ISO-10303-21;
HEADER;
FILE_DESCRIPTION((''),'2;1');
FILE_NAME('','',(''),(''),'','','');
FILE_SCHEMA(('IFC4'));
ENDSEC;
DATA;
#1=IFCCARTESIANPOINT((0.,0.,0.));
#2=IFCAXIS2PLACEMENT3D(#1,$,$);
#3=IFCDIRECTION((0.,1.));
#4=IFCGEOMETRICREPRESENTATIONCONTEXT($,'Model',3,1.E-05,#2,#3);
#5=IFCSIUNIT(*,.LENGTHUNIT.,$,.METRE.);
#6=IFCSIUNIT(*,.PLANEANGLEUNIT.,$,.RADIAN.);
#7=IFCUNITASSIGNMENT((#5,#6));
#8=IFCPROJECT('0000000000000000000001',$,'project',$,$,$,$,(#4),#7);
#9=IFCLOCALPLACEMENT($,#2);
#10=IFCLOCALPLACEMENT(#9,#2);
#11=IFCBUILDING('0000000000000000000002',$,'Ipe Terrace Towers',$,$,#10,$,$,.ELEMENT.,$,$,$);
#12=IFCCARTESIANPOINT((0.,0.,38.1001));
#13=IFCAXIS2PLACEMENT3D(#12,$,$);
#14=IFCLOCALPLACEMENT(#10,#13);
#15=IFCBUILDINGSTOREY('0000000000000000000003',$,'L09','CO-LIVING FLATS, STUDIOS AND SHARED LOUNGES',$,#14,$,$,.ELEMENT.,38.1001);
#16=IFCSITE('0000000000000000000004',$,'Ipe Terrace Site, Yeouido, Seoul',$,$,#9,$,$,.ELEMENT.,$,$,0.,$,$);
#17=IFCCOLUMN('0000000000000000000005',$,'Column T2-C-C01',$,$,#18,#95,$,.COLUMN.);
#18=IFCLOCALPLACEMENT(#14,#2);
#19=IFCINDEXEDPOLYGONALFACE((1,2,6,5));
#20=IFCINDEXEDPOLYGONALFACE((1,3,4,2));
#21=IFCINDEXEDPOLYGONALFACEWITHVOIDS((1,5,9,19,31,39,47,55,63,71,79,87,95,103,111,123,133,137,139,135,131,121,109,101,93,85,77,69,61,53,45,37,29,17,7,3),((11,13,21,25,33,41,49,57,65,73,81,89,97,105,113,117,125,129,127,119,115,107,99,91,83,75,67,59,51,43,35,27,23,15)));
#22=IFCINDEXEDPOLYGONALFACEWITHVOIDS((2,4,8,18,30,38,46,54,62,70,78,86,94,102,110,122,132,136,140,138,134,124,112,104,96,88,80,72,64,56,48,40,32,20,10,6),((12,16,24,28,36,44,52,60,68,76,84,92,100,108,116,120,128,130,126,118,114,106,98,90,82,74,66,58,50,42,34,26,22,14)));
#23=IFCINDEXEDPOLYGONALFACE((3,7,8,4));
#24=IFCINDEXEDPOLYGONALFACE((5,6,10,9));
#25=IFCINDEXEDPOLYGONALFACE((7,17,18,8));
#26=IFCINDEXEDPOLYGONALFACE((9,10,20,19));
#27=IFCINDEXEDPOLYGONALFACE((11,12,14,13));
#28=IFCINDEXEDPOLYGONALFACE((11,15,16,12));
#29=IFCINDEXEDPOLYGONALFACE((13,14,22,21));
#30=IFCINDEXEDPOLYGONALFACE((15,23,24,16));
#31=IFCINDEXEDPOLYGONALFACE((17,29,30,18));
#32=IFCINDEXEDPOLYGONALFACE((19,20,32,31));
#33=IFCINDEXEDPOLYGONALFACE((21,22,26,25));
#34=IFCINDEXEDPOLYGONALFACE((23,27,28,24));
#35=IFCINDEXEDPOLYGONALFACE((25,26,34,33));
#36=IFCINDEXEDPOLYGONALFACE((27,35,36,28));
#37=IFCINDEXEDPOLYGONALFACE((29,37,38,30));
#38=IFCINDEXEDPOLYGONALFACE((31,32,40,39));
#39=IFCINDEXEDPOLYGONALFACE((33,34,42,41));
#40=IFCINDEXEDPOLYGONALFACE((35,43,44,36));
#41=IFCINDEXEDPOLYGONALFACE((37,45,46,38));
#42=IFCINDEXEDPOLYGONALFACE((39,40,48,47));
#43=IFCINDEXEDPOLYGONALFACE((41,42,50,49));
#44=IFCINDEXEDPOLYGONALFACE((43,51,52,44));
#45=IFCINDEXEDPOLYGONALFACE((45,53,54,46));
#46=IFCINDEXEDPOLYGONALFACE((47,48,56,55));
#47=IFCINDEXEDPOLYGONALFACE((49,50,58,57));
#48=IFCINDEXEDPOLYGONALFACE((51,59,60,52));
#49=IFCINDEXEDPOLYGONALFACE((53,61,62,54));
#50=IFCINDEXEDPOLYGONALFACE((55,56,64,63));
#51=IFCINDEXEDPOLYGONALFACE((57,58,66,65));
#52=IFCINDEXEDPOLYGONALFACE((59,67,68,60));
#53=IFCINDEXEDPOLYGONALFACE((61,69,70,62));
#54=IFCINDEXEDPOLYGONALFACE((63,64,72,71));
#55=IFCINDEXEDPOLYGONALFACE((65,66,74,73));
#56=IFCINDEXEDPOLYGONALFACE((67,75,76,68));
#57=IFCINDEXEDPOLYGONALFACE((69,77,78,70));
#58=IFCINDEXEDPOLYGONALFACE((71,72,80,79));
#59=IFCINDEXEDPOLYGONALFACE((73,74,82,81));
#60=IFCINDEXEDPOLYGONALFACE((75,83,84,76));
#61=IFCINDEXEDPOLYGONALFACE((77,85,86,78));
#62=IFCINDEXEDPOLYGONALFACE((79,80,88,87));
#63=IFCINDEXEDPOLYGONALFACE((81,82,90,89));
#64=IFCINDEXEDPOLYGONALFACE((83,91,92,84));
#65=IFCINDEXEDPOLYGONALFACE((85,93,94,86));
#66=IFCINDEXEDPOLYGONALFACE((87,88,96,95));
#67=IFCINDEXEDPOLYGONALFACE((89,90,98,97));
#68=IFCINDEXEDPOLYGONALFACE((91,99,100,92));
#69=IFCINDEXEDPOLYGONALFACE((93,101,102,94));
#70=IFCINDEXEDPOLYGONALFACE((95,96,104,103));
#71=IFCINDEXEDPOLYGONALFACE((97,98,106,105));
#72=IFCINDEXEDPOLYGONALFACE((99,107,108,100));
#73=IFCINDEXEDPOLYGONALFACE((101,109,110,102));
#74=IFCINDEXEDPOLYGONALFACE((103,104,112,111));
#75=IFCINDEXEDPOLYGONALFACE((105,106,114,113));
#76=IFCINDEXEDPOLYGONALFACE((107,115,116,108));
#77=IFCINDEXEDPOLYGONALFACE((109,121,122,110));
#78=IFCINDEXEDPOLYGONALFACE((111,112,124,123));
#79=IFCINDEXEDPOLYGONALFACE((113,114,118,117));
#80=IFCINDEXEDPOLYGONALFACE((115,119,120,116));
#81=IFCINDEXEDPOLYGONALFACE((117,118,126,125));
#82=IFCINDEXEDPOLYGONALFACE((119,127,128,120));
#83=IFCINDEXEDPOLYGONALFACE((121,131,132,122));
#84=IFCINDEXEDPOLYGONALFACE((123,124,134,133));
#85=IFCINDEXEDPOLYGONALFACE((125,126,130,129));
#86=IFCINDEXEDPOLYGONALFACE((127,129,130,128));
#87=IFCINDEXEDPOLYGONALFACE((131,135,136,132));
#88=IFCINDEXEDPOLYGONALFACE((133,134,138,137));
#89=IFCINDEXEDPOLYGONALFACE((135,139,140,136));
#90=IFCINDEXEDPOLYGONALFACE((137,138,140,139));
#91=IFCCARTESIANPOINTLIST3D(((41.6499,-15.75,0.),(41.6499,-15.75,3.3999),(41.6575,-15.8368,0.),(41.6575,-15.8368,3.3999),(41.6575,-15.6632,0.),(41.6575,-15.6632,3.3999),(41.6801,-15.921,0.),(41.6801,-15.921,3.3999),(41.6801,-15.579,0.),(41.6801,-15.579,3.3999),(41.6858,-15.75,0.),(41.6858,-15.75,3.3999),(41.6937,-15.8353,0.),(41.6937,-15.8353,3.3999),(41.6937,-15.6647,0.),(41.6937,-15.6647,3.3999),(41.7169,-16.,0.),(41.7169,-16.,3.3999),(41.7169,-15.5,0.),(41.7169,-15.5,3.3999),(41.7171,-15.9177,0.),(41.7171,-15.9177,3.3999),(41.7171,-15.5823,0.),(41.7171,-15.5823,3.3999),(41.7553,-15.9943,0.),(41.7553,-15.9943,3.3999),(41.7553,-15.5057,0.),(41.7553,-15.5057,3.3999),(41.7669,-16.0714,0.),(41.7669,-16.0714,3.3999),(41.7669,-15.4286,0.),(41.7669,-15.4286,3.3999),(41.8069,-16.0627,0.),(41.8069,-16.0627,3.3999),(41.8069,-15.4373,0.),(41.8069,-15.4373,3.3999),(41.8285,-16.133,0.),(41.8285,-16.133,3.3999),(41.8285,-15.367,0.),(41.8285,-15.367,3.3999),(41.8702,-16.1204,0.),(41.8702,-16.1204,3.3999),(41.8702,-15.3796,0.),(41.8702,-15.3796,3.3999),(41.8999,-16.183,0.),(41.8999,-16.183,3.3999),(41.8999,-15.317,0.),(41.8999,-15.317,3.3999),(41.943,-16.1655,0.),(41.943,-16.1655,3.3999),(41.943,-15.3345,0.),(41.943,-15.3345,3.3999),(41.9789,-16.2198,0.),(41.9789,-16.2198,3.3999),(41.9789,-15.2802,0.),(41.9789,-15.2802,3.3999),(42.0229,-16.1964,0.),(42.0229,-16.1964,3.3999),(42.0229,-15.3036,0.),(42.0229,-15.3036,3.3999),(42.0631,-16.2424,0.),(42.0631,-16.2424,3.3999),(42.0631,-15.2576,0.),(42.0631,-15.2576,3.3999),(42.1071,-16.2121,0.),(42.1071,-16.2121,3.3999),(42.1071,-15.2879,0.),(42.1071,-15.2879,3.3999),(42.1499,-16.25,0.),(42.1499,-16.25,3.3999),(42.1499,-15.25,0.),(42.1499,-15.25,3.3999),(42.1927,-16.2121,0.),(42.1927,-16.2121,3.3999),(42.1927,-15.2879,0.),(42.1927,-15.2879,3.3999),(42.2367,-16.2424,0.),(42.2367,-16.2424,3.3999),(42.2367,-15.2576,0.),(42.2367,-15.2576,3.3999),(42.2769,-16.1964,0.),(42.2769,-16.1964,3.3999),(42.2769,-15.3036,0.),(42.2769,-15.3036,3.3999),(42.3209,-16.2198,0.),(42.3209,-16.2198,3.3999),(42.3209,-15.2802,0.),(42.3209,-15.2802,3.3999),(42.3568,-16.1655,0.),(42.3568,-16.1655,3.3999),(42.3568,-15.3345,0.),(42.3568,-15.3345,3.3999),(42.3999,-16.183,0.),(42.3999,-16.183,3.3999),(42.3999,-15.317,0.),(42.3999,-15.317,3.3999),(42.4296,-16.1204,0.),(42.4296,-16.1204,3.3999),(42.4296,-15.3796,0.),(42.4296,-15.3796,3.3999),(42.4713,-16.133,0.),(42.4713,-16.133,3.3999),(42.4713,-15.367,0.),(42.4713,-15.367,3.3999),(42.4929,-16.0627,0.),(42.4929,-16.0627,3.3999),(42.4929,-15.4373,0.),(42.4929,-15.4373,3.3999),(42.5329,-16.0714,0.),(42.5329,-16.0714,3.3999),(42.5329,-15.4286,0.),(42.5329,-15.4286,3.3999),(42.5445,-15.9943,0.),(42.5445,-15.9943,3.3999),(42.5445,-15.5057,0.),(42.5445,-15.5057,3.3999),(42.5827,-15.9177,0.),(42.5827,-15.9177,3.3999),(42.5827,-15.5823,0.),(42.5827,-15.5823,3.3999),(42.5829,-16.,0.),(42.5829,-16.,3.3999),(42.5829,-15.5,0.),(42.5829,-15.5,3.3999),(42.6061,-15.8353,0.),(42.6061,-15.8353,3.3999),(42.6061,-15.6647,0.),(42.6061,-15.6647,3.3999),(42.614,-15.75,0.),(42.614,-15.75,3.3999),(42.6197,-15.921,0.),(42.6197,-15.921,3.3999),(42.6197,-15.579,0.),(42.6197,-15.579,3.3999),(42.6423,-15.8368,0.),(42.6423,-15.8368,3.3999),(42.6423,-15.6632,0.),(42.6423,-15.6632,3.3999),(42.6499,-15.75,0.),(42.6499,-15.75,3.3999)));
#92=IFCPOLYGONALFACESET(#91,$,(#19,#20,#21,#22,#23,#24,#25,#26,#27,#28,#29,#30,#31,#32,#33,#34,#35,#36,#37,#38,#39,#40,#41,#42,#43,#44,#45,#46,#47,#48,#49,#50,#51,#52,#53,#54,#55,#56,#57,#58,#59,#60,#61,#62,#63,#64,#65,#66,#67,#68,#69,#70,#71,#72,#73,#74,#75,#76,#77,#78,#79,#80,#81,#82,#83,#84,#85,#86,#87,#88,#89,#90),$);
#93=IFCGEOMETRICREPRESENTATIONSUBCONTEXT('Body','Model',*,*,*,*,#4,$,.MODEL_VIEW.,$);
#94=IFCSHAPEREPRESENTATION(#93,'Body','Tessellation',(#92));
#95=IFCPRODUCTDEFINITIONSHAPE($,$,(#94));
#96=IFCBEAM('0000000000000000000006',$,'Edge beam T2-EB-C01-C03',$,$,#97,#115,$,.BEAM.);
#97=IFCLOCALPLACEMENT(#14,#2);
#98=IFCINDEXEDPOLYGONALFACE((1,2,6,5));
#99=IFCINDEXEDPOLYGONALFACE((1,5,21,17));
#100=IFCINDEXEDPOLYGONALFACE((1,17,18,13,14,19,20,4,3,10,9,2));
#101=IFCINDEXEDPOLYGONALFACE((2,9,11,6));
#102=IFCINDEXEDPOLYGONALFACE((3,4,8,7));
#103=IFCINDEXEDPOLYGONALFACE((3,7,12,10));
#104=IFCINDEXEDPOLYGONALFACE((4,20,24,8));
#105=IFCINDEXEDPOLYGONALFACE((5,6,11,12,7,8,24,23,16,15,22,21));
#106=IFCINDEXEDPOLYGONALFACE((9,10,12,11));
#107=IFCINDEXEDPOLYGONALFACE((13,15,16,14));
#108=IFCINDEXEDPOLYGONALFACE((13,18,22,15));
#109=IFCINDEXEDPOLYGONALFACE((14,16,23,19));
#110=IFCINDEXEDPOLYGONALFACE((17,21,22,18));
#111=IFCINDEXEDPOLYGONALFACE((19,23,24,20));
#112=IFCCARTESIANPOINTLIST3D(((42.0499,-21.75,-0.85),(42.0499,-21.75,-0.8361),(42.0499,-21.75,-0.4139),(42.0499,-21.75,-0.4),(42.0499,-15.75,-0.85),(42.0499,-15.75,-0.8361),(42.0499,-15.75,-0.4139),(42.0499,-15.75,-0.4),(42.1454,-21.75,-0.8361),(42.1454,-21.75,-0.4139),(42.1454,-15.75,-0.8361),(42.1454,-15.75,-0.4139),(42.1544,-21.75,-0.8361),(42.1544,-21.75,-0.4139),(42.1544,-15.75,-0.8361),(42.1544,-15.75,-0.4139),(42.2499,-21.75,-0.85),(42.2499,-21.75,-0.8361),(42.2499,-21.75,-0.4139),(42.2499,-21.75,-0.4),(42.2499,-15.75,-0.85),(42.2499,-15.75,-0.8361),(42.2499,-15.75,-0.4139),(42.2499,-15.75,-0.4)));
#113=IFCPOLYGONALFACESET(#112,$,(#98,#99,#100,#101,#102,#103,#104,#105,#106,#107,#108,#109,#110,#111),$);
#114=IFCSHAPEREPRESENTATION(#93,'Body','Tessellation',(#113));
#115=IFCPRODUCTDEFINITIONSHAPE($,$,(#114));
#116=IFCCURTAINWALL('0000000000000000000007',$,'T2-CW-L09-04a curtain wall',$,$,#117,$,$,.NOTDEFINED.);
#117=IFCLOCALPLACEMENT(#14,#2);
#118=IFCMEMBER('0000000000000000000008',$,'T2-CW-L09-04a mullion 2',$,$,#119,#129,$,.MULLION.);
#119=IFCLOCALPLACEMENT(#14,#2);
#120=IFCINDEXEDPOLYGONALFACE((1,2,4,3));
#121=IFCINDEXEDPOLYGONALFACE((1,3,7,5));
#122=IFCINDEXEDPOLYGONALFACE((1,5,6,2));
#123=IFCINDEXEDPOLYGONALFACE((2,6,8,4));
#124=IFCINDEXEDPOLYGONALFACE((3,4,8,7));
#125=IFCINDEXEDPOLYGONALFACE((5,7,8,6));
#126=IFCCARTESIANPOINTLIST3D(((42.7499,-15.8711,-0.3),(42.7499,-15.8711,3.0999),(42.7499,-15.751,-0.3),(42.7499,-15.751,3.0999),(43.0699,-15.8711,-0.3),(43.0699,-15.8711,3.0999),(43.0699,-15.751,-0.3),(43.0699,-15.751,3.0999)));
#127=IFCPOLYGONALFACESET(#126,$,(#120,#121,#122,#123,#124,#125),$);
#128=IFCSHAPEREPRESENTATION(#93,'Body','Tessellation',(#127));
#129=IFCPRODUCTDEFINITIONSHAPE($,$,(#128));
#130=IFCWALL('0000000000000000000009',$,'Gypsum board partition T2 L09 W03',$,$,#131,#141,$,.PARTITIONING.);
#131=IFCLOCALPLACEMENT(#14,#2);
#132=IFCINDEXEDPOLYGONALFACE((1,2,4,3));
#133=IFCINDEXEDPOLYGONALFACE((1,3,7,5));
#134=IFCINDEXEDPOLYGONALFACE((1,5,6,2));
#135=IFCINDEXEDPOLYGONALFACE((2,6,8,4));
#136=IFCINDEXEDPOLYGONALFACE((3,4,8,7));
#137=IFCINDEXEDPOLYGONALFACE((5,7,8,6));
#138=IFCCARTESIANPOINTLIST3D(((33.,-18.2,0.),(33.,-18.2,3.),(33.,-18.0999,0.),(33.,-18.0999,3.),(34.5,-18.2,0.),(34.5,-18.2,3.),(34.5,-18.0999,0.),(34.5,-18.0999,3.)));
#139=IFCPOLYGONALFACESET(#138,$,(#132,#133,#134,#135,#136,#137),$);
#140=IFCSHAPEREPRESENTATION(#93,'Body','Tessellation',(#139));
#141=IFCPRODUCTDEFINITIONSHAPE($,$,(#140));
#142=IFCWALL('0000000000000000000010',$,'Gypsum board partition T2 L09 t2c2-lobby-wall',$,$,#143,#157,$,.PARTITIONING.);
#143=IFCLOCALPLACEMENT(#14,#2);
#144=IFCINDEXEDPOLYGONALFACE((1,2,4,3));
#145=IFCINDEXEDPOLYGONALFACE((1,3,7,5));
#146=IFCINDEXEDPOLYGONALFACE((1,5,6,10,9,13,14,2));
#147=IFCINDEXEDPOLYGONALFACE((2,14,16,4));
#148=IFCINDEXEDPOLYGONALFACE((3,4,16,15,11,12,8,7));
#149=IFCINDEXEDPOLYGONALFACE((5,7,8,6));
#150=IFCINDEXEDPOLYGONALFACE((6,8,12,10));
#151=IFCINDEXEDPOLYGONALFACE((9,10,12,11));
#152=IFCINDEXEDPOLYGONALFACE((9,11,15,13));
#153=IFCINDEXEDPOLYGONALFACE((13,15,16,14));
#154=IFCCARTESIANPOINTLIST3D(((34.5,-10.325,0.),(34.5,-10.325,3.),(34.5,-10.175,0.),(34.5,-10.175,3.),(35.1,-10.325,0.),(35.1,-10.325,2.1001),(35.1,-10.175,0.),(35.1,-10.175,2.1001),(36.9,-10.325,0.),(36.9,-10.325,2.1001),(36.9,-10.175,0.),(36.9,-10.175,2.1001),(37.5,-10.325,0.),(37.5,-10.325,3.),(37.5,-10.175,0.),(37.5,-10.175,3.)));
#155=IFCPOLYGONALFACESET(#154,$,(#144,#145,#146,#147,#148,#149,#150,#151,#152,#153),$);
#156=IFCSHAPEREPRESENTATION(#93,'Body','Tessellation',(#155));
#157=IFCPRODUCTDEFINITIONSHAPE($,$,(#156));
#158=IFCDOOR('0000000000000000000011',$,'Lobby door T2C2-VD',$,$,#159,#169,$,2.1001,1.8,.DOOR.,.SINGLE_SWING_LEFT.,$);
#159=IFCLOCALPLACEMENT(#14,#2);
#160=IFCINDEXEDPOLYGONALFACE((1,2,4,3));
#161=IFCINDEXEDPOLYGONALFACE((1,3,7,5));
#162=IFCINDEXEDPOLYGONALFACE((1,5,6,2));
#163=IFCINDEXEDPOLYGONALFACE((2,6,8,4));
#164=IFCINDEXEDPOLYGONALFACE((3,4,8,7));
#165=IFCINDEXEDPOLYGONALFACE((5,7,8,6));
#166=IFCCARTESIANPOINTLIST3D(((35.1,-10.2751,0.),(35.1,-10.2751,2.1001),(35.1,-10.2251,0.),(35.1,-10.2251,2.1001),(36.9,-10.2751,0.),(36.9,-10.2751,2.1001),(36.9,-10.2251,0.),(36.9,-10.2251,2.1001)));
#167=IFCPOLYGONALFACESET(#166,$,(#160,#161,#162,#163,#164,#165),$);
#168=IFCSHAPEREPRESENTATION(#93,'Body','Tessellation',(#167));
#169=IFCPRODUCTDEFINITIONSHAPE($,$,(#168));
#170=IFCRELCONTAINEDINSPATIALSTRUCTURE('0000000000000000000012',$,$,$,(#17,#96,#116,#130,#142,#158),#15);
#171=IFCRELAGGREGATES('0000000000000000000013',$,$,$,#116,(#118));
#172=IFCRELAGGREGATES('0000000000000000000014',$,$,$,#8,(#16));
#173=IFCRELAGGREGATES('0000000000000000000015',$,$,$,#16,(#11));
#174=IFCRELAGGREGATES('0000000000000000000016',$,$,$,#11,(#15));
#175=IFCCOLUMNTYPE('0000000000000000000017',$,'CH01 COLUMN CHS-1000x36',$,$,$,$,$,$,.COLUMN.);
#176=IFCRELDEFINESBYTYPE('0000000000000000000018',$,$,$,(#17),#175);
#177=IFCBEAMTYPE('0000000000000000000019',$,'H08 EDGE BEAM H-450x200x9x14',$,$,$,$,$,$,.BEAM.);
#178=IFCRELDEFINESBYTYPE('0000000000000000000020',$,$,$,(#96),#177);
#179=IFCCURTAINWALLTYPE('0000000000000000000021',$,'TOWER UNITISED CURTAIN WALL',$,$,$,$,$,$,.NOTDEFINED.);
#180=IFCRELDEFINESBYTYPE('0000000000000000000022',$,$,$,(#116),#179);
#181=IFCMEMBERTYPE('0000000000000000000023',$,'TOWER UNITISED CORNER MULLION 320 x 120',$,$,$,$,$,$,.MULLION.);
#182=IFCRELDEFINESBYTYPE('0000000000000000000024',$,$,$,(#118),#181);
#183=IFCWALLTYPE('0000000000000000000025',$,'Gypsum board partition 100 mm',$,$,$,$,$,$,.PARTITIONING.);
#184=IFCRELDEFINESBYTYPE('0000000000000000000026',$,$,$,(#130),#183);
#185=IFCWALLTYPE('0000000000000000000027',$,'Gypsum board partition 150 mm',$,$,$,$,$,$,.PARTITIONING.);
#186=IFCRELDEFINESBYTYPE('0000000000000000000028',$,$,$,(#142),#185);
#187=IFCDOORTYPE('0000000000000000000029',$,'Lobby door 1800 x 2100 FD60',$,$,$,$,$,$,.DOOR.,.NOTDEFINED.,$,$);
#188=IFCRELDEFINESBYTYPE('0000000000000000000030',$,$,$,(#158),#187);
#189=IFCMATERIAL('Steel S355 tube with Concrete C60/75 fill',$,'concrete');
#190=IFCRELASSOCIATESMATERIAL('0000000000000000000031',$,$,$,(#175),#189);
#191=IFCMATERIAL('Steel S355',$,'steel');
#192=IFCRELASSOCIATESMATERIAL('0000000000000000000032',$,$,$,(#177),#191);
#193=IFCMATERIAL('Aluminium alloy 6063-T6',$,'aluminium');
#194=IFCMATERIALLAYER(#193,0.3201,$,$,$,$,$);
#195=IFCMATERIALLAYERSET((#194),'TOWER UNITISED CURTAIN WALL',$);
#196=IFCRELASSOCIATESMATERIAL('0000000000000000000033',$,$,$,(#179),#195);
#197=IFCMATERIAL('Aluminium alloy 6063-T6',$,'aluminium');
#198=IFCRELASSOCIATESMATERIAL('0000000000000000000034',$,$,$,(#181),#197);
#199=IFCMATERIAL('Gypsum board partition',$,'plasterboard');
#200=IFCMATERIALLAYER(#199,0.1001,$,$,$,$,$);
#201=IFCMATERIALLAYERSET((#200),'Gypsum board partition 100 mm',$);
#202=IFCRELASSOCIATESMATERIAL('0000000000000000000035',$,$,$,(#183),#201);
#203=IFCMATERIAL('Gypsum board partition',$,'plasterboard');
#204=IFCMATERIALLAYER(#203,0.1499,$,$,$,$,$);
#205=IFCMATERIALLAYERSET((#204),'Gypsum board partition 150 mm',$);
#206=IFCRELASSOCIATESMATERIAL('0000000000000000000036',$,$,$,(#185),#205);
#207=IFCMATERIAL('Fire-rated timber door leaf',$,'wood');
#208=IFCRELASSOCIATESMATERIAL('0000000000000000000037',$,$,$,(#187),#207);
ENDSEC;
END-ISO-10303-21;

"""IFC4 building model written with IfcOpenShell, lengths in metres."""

from ifc_helpers import new_model, si_unit, direction, frame, frame_2d, origin, origin_2d, place, context, subcontext, project, spatial, rectangle, hollow_circle, i_section, extrude, material, layer, layer_set, material_profile, profile_set, type_object, element, fill, aggregate, save


model = new_model("IFC4")

# Units and contexts
model_context = context("Model", 3, precision=1e-05, world=origin(), true_north=direction((0.0, 1.0)))
body_context = subcontext(model_context, "Body", "Model", "MODEL_VIEW")
ifc_project = project(units=[si_unit("LENGTHUNIT", "METRE"), si_unit("PLANEANGLEUNIT", "RADIAN")], contexts=[model_context])

# Site, building, storey
site_placement = place(None, origin())
site = spatial("IfcSite", under=ifc_project, at=site_placement, Name="Ipe Terrace Site, Yeouido, Seoul", CompositionType="ELEMENT", RefElevation=0.0)
building_placement = place(site_placement, origin())
building = spatial("IfcBuilding", under=site, at=building_placement, Name="Ipe Terrace Towers", CompositionType="ELEMENT")
storey_placement = place(building_placement, frame((0.0, 0.0, 38.1001)))
storey = spatial("IfcBuildingStorey", under=building, at=storey_placement, Name="L09", Description="CO-LIVING FLATS, STUDIOS AND SHARED LOUNGES", CompositionType="ELEMENT", Elevation=38.1001)

# Column
ifc_material_1 = material(Name="Steel S355 tube with Concrete C60/75 fill", Category="concrete")
ifc_material_profile_1 = material_profile(ifc_material_1, hollow_circle(Radius=0.5, WallThickness=0.0359, at=origin_2d()), Name="CHS-1000x36")
ifc_profile_set_1 = profile_set([ifc_material_profile_1], Name="Steel S355 tube with Concrete C60/75 fill")
column_type = type_object("IfcColumnType", Name="CH01 COLUMN CHS-1000x36", PredefinedType="COLUMN", material=ifc_profile_set_1)
column_placement = place(storey_placement, frame((42.1499, -15.75, 0.0), z_axis=(0.0, 0.0, 1.0), x_axis=(1.0, 0.0, 0.0)))
element("IfcColumn", 1, at=column_placement, inside=storey, type_object=column_type, Name="Column T2-C-C01", PredefinedType="COLUMN", context=body_context, shape_type="SweptSolid", body=[
    extrude(hollow_circle(Radius=0.5, WallThickness=0.0359, at=origin_2d()), origin(), (0.0, 0.0, 1.0), 3.3999),
])

# Beam
ifc_material_2 = material(Name="Steel S355", Category="steel")
ifc_material_profile_2 = material_profile(ifc_material_2, i_section(OverallWidth=0.2, OverallDepth=0.45, WebThickness=0.009, FlangeThickness=0.0139, at=origin_2d()), Name="H-450x200x9x14")
ifc_profile_set_2 = profile_set([ifc_material_profile_2], Name="Steel S355")
beam_type = type_object("IfcBeamType", Name="H08 EDGE BEAM H-450x200x9x14", PredefinedType="BEAM", material=ifc_profile_set_2)
beam_placement = place(storey_placement, frame((42.1499, -15.75, -0.625), z_axis=(0.0, -1.0, 0.0), x_axis=(1.0, 0.0, 0.0)))
element("IfcBeam", 2, at=beam_placement, inside=storey, type_object=beam_type, Name="Edge beam T2-EB-C01-C03", PredefinedType="BEAM", context=body_context, shape_type="SweptSolid", body=[
    extrude(i_section(OverallWidth=0.2, OverallDepth=0.45, WebThickness=0.009, FlangeThickness=0.0139, at=origin_2d()), origin(), (0.0, 0.0, 1.0), 6.0),
])

# Curtain wall, member
ifc_material_3 = material(Name="Aluminium alloy 6063-T6", Category="aluminium")
ifc_layer_1 = layer(ifc_material_3, 0.3201)
ifc_layer_set_1 = layer_set([ifc_layer_1], Name="TOWER UNITISED CURTAIN WALL")
curtain_wall_type = type_object("IfcCurtainWallType", Name="TOWER UNITISED CURTAIN WALL", PredefinedType="NOTDEFINED", material=ifc_layer_set_1)
curtain_wall_placement = place(storey_placement, origin())
curtain_wall = element("IfcCurtainWall", 3, at=curtain_wall_placement, inside=storey, type_object=curtain_wall_type, Name="T2-CW-L09-04a curtain wall", PredefinedType="NOTDEFINED")
ifc_material_4 = material(Name="Aluminium alloy 6063-T6", Category="aluminium")
ifc_material_profile_3 = material_profile(ifc_material_4, rectangle(XDim=0.3201, YDim=0.1201, at=origin_2d()), Name="TOWER UNITISED CORNER MULLION 320 x 120")
ifc_profile_set_3 = profile_set([ifc_material_profile_3], Name="Aluminium alloy 6063-T6")
member_type = type_object("IfcMemberType", Name="TOWER UNITISED CORNER MULLION 320 x 120", PredefinedType="MULLION", material=ifc_profile_set_3)
member_placement = place(storey_placement, frame((42.9099, -15.811, -0.3), z_axis=(0.0, 0.0, 1.0), x_axis=(1.0, 0.0, 0.0)))
member = element("IfcMember", 4, at=member_placement, type_object=member_type, Name="T2-CW-L09-04a mullion 2", PredefinedType="MULLION", context=body_context, shape_type="SweptSolid", body=[
    extrude(rectangle(XDim=0.3201, YDim=0.1201, at=origin_2d()), origin(), (0.0, 0.0, 1.0), 3.3999),
])
aggregate(curtain_wall, [member])

# Wall
ifc_material_5 = material(Name="Gypsum board partition", Category="plasterboard")
ifc_layer_2 = layer(ifc_material_5, 0.1001)
ifc_layer_set_2 = layer_set([ifc_layer_2], Name="Gypsum board partition 100 mm")
wall_type_1 = type_object("IfcWallType", Name="Gypsum board partition 100 mm", PredefinedType="PARTITIONING", material=ifc_layer_set_2)
wall_1_placement = place(storey_placement, frame((34.5, -18.1499, 0.0), z_axis=(0.0, 0.0, 1.0), x_axis=(-1.0, 0.0, 0.0)))
element("IfcWall", 5, at=wall_1_placement, inside=storey, type_object=wall_type_1, Name="Gypsum board partition T2 L09 W03", PredefinedType="PARTITIONING", context=body_context, shape_type="SweptSolid", body=[
    extrude(rectangle(XDim=1.5, YDim=0.1001, at=frame_2d((0.75, 0.0))), origin(), (0.0, 0.0, 1.0), 3.0),
])

# Wall, opening, door
ifc_material_6 = material(Name="Gypsum board partition", Category="plasterboard")
ifc_layer_3 = layer(ifc_material_6, 0.1499)
ifc_layer_set_3 = layer_set([ifc_layer_3], Name="Gypsum board partition 150 mm")
wall_type_2 = type_object("IfcWallType", Name="Gypsum board partition 150 mm", PredefinedType="PARTITIONING", material=ifc_layer_set_3)
wall_2_placement = place(storey_placement, frame((34.5, -10.25, 0.0), z_axis=(0.0, 0.0, 1.0), x_axis=(1.0, 0.0, 0.0)))
wall_2 = element("IfcWall", 6, at=wall_2_placement, inside=storey, type_object=wall_type_2, Name="Gypsum board partition T2 L09 t2c2-lobby-wall", PredefinedType="PARTITIONING", context=body_context, shape_type="SweptSolid", body=[
    extrude(rectangle(XDim=3.0, YDim=0.1499, at=frame_2d((1.5, 0.0))), origin(), (0.0, 0.0, 1.0), 3.0),
])
opening_1_placement = place(wall_2_placement, frame((0.6001, 0.0, 0.0)))
opening_1 = element("IfcOpeningElement", 7, at=opening_1_placement, cuts=wall_2, PredefinedType="OPENING", context=body_context, shape_type="SweptSolid", body=[
    extrude(rectangle(XDim=1.8, YDim=2.1001, at=frame_2d((0.8999, 1.05))), frame((0.0, 0.085, 0.0), z_axis=(0.0, -1.0, 0.0), x_axis=(1.0, 0.0, 0.0)), (0.0, 0.0, 1.0), 0.1699),
])
ifc_material_7 = material(Name="Fire-rated timber door leaf", Category="wood")
door_type_1 = type_object("IfcDoorType", Name="Lobby door 1800 x 2100 FD60", OperationType="NOTDEFINED", PredefinedType="DOOR", material=ifc_material_7)
door_1_placement = place(opening_1_placement, origin())
door_1 = element("IfcDoor", 8, at=door_1_placement, inside=storey, type_object=door_type_1, Name="Lobby door T2C2-VD", OperationType="SINGLE_SWING_LEFT", OverallHeight=2.1001, OverallWidth=1.8, PredefinedType="DOOR", context=body_context, shape_type="SweptSolid", body=[
    extrude(rectangle(XDim=1.8, YDim=2.1001, at=frame_2d((0.8999, 1.05))), frame((0.0, 0.0249, 0.0), z_axis=(0.0, -1.0, 0.0), x_axis=(1.0, 0.0, 0.0)), (0.0, 0.0, 1.0), 0.05),
])
fill(opening_1, door_1)

save(model, "model.ifc")
